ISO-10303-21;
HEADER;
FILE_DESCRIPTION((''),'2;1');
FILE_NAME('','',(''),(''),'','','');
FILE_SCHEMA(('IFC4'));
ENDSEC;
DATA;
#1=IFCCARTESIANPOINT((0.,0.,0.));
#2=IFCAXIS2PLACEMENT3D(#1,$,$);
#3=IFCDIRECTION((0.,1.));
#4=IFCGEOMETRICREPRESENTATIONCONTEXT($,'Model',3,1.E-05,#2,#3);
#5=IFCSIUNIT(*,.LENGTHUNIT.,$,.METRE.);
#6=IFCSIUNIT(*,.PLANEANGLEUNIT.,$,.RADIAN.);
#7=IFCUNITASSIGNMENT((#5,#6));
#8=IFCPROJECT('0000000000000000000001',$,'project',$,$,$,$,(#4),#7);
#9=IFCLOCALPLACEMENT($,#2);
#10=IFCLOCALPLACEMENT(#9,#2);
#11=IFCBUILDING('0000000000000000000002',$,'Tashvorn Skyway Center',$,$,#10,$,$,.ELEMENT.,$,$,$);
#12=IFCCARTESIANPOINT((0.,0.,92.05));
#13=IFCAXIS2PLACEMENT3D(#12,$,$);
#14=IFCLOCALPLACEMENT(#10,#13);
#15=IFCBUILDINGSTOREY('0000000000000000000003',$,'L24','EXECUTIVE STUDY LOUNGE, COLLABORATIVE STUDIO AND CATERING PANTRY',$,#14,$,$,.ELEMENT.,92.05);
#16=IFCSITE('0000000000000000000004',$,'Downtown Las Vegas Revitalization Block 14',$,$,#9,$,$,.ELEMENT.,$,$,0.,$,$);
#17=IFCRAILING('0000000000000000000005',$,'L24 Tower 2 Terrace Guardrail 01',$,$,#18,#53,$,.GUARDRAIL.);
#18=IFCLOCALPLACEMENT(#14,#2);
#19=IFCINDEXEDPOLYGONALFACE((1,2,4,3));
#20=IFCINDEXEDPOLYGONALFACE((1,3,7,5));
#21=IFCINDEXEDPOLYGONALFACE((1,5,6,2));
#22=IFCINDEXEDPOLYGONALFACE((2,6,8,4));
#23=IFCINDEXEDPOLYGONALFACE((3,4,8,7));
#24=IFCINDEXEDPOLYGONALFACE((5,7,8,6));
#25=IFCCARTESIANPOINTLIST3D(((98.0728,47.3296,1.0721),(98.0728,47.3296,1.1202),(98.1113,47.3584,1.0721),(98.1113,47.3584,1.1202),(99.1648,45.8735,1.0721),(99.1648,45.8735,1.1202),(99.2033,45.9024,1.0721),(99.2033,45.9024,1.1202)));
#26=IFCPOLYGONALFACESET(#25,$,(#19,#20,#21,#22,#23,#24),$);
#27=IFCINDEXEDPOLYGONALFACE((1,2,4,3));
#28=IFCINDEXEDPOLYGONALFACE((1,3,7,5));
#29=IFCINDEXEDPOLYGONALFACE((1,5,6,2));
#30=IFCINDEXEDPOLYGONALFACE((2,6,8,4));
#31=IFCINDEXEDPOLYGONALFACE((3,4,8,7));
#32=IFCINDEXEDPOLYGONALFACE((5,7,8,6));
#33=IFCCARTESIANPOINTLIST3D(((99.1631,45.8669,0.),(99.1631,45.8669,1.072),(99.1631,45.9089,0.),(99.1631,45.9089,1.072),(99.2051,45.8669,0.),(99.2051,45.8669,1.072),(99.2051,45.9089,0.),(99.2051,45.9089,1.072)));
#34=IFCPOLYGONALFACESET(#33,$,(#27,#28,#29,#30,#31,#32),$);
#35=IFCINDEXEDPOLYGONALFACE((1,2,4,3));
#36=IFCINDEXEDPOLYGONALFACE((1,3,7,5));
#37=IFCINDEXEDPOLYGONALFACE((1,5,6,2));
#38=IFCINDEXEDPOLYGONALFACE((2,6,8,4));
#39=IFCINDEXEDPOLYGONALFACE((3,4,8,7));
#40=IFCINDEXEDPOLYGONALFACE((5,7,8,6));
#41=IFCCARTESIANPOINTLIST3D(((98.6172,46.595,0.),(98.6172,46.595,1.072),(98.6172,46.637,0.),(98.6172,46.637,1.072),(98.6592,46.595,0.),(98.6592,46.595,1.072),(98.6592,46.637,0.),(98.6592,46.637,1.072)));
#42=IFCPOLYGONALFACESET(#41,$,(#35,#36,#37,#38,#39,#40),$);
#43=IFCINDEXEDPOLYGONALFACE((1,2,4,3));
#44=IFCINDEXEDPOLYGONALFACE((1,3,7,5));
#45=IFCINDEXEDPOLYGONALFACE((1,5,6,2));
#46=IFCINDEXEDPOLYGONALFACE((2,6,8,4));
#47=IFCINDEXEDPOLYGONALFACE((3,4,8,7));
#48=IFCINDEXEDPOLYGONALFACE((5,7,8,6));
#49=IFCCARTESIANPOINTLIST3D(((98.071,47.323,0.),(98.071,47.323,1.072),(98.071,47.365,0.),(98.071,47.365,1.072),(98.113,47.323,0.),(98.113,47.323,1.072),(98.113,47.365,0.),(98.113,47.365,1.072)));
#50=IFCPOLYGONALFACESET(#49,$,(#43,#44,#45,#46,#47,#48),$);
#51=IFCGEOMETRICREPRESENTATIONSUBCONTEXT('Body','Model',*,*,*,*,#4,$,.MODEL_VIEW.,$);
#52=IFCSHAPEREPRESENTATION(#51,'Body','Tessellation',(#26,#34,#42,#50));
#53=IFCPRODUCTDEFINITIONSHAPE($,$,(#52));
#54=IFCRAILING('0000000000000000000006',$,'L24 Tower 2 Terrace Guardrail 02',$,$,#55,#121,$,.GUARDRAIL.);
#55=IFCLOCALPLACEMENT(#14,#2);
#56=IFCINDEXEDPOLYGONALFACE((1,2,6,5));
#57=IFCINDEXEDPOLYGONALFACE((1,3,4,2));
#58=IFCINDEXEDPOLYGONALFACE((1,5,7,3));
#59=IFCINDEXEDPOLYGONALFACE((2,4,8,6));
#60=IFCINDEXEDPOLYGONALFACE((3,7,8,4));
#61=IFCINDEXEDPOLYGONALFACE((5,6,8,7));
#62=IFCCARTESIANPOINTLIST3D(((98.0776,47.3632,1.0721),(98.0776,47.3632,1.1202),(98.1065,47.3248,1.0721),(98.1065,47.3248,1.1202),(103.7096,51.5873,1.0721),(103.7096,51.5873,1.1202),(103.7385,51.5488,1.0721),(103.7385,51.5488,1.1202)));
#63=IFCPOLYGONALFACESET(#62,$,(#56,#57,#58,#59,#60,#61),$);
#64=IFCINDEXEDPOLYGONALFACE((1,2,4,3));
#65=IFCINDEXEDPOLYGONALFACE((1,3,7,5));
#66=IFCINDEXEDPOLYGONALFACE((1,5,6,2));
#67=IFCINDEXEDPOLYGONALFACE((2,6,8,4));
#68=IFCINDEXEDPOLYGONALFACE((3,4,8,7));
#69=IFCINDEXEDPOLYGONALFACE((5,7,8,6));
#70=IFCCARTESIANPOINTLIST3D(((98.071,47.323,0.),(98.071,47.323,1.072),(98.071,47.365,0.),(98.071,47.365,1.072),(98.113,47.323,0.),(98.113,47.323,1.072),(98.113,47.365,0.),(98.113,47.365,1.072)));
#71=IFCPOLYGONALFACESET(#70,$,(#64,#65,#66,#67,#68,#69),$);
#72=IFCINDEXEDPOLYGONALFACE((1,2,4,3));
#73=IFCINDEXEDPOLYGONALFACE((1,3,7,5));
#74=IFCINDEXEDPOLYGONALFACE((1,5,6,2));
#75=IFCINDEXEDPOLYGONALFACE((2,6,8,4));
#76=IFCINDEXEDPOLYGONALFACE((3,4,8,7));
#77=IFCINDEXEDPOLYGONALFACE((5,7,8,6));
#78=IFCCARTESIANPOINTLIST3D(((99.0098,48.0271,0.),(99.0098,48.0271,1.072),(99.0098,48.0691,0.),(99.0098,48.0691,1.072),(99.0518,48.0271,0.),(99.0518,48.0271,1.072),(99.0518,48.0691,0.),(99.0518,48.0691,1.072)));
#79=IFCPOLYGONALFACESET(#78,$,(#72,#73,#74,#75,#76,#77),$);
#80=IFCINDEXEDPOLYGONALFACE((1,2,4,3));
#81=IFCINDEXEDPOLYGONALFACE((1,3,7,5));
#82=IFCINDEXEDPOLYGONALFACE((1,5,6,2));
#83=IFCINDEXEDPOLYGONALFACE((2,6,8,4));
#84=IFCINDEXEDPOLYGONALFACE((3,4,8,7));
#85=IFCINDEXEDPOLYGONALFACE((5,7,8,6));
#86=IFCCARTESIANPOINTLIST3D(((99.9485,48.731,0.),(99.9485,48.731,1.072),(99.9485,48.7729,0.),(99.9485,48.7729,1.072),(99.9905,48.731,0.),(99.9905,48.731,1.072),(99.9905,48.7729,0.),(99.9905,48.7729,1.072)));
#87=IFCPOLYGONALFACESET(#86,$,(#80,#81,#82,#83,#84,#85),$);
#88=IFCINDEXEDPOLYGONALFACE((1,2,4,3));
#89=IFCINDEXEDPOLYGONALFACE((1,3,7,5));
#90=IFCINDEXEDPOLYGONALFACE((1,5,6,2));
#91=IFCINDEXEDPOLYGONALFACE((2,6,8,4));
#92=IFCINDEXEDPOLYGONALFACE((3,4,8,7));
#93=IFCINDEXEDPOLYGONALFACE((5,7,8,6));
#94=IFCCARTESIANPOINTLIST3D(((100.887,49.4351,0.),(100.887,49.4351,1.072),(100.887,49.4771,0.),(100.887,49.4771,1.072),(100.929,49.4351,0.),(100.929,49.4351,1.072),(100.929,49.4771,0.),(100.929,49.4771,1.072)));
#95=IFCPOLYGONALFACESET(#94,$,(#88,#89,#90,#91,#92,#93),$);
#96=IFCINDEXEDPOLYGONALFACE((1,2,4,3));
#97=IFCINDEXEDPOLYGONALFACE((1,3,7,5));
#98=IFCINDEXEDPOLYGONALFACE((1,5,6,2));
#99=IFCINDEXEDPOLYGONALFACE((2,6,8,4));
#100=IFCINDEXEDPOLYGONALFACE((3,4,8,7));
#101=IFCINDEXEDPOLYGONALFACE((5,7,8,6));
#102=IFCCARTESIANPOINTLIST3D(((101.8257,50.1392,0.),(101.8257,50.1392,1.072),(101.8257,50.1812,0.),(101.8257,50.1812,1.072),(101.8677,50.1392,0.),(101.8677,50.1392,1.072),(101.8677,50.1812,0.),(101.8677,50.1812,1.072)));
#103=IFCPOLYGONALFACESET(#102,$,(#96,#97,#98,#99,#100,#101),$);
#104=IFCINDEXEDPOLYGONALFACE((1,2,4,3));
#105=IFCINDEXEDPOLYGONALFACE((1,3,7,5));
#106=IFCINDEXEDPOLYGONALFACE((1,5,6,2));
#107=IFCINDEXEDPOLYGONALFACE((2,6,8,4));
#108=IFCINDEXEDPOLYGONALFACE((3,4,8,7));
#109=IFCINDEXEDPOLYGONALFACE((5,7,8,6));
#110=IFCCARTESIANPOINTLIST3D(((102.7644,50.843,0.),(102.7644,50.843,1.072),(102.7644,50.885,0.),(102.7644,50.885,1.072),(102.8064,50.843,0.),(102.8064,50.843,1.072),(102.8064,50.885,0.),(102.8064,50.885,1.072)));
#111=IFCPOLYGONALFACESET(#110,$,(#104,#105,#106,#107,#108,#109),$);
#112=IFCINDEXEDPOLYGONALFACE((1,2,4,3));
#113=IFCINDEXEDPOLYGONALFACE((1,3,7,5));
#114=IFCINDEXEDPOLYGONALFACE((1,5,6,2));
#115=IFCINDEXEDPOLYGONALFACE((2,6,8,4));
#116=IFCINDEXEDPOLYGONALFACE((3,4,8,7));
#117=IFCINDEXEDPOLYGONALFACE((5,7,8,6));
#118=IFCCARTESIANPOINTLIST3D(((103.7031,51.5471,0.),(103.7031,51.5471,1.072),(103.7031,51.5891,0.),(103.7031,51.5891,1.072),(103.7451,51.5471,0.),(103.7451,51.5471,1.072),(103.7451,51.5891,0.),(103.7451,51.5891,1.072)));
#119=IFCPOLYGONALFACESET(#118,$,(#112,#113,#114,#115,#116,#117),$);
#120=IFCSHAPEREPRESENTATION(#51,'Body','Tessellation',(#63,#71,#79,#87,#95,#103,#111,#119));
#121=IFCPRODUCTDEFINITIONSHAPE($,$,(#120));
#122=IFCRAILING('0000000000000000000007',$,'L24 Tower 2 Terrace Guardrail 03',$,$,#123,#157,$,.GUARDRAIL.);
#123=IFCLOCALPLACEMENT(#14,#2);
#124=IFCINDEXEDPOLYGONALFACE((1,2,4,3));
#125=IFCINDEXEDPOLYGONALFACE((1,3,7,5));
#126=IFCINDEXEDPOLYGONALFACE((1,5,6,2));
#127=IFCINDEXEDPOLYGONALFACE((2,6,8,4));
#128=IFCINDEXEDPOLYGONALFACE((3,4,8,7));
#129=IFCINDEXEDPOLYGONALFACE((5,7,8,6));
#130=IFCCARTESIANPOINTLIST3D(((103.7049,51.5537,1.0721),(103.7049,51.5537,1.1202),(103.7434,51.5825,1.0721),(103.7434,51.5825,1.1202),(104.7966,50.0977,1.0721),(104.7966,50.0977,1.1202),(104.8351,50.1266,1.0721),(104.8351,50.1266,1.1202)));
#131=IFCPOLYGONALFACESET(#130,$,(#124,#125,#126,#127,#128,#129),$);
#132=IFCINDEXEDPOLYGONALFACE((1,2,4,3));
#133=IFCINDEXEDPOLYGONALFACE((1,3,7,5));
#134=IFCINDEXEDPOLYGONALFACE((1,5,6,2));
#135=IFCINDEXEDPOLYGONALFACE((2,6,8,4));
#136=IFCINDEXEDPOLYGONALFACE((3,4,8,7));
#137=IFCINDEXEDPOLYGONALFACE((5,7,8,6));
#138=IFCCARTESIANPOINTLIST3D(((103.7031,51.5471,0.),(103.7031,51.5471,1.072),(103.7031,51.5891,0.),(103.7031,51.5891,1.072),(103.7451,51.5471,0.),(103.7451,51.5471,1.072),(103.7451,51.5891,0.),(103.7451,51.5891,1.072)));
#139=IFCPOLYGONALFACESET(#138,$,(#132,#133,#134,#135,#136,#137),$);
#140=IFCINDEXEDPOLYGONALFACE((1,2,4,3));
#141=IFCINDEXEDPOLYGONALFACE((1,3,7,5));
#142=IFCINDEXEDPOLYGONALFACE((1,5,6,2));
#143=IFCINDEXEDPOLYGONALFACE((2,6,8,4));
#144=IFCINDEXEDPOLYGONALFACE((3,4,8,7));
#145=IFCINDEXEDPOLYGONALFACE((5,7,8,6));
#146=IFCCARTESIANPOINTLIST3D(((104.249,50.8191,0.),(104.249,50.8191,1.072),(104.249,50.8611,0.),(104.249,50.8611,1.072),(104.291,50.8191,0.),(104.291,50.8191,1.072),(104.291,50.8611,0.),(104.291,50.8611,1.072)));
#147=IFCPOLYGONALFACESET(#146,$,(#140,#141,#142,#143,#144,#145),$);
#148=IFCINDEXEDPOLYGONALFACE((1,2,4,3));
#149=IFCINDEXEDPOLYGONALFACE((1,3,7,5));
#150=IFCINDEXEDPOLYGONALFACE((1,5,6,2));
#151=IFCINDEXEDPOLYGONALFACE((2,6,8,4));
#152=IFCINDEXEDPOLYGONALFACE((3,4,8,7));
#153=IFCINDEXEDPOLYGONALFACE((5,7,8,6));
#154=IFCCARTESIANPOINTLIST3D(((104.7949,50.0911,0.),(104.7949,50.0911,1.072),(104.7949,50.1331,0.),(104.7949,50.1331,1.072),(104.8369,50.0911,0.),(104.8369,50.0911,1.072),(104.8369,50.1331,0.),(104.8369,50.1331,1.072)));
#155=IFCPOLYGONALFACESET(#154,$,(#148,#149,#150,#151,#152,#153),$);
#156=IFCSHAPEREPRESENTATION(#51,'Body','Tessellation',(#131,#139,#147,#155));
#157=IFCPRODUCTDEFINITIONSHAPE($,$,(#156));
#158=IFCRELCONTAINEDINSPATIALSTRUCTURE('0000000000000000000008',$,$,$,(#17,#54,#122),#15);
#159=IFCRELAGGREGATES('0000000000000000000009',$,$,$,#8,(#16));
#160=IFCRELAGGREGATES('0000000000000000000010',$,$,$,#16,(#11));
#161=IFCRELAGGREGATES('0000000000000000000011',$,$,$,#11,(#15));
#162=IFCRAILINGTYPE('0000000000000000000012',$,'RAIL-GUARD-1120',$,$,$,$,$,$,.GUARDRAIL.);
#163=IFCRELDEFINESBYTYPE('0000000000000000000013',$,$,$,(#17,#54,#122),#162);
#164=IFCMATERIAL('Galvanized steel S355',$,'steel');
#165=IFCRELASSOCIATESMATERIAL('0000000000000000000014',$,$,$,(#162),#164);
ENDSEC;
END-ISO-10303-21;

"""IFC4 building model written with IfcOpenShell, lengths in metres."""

from ifc_helpers import new_model, si_unit, direction, frame, origin, origin_2d, place, context, subcontext, project, spatial, rectangle, extrude, material, type_object, element, save


model = new_model("IFC4")

# Units and contexts
model_context = context("Model", 3, precision=1e-05, world=origin(), true_north=direction((0.0, 1.0)))
body_context = subcontext(model_context, "Body", "Model", "MODEL_VIEW")
ifc_project = project(units=[si_unit("LENGTHUNIT", "METRE"), si_unit("PLANEANGLEUNIT", "RADIAN")], contexts=[model_context])

# Site, building, storey
site_placement = place(None, origin())
site = spatial("IfcSite", under=ifc_project, at=site_placement, Name="Downtown Las Vegas Revitalization Block 14", CompositionType="ELEMENT", RefElevation=0.0)
building_placement = place(site_placement, origin())
building = spatial("IfcBuilding", under=site, at=building_placement, Name="Tashvorn Skyway Center", CompositionType="ELEMENT")
storey_placement = place(building_placement, frame((0.0, 0.0, 92.05)))
storey = spatial("IfcBuildingStorey", under=building, at=storey_placement, Name="L24", Description="EXECUTIVE STUDY LOUNGE, COLLABORATIVE STUDIO AND CATERING PANTRY", CompositionType="ELEMENT", Elevation=92.05)

# Railings
ifc_material_1 = material(Name="Galvanized steel S355", Category="steel")
railing_type = type_object("IfcRailingType", Name="RAIL-GUARD-1120", PredefinedType="GUARDRAIL", material=ifc_material_1)
railing_1_placement = place(storey_placement, frame((99.1841, 45.8879, 0.0)))
element("IfcRailing", 1, at=railing_1_placement, inside=storey, type_object=railing_type, Name="L24 Tower 2 Terrace Guardrail 01", PredefinedType="GUARDRAIL", context=body_context, shape_type="SweptSolid", body=[
    extrude(rectangle(XDim=0.0481, YDim=0.0481, at=origin_2d()), frame((0.0, 0.0, 1.0962), z_axis=(-0.6, 0.8, 0.0), x_axis=(-0.8, -0.6, 0.0)), (0.0, 0.0, 1.0), 1.8201),
    extrude(rectangle(XDim=0.042, YDim=0.042, at=origin_2d()), origin(), (0.0, 0.0, 1.0), 1.072),
    extrude(rectangle(XDim=0.042, YDim=0.042, at=origin_2d()), frame((-0.5459, 0.728, 0.0)), (0.0, 0.0, 1.0), 1.072),
    extrude(rectangle(XDim=0.042, YDim=0.042, at=origin_2d()), frame((-1.092, 1.4561, 0.0)), (0.0, 0.0, 1.0), 1.072),
])
railing_2_placement = place(storey_placement, frame((98.092, 47.344, 0.0)))
element("IfcRailing", 2, at=railing_2_placement, inside=storey, type_object=railing_type, Name="L24 Tower 2 Terrace Guardrail 02", PredefinedType="GUARDRAIL", context=body_context, shape_type="SweptSolid", body=[
    extrude(rectangle(XDim=0.0481, YDim=0.0481, at=origin_2d()), frame((0.0, 0.0, 1.0962), z_axis=(0.799996, 0.600006, 0.0), x_axis=(-0.600006, 0.799996, 0.0)), (0.0, 0.0, 1.0), 7.04),
    extrude(rectangle(XDim=0.042, YDim=0.042, at=origin_2d()), origin(), (0.0, 0.0, 1.0), 1.072),
    extrude(rectangle(XDim=0.042, YDim=0.042, at=origin_2d()), frame((0.9387, 0.7041, 0.0)), (0.0, 0.0, 1.0), 1.072),
    extrude(rectangle(XDim=0.042, YDim=0.042, at=origin_2d()), frame((1.8774, 1.408, 0.0)), (0.0, 0.0, 1.0), 1.072),
    extrude(rectangle(XDim=0.042, YDim=0.042, at=origin_2d()), frame((2.8159, 2.1121, 0.0)), (0.0, 0.0, 1.0), 1.072),
    extrude(rectangle(XDim=0.042, YDim=0.042, at=origin_2d()), frame((3.7546, 2.8162, 0.0)), (0.0, 0.0, 1.0), 1.072),
    extrude(rectangle(XDim=0.042, YDim=0.042, at=origin_2d()), frame((4.6934, 3.52, 0.0)), (0.0, 0.0, 1.0), 1.072),
    extrude(rectangle(XDim=0.042, YDim=0.042, at=origin_2d()), frame((5.6321, 4.2241, 0.0)), (0.0, 0.0, 1.0), 1.072),
])
railing_3_placement = place(storey_placement, frame((103.7241, 51.5681, 0.0)))
element("IfcRailing", 3, at=railing_3_placement, inside=storey, type_object=railing_type, Name="L24 Tower 2 Terrace Guardrail 03", PredefinedType="GUARDRAIL", context=body_context, shape_type="SweptSolid", body=[
    extrude(rectangle(XDim=0.0481, YDim=0.0481, at=origin_2d()), frame((0.0, 0.0, 1.0962), z_axis=(0.599914, -0.800064, 0.0), x_axis=(0.800064, 0.599914, 0.0)), (0.0, 0.0, 1.0), 1.8198),
    extrude(rectangle(XDim=0.042, YDim=0.042, at=origin_2d()), origin(), (0.0, 0.0, 1.0), 1.072),
    extrude(rectangle(XDim=0.042, YDim=0.042, at=origin_2d()), frame((0.5459, -0.728, 0.0)), (0.0, 0.0, 1.0), 1.072),
    extrude(rectangle(XDim=0.042, YDim=0.042, at=origin_2d()), frame((1.0918, -1.4561, 0.0)), (0.0, 0.0, 1.0), 1.072),
])

save(model, "model.ifc")
